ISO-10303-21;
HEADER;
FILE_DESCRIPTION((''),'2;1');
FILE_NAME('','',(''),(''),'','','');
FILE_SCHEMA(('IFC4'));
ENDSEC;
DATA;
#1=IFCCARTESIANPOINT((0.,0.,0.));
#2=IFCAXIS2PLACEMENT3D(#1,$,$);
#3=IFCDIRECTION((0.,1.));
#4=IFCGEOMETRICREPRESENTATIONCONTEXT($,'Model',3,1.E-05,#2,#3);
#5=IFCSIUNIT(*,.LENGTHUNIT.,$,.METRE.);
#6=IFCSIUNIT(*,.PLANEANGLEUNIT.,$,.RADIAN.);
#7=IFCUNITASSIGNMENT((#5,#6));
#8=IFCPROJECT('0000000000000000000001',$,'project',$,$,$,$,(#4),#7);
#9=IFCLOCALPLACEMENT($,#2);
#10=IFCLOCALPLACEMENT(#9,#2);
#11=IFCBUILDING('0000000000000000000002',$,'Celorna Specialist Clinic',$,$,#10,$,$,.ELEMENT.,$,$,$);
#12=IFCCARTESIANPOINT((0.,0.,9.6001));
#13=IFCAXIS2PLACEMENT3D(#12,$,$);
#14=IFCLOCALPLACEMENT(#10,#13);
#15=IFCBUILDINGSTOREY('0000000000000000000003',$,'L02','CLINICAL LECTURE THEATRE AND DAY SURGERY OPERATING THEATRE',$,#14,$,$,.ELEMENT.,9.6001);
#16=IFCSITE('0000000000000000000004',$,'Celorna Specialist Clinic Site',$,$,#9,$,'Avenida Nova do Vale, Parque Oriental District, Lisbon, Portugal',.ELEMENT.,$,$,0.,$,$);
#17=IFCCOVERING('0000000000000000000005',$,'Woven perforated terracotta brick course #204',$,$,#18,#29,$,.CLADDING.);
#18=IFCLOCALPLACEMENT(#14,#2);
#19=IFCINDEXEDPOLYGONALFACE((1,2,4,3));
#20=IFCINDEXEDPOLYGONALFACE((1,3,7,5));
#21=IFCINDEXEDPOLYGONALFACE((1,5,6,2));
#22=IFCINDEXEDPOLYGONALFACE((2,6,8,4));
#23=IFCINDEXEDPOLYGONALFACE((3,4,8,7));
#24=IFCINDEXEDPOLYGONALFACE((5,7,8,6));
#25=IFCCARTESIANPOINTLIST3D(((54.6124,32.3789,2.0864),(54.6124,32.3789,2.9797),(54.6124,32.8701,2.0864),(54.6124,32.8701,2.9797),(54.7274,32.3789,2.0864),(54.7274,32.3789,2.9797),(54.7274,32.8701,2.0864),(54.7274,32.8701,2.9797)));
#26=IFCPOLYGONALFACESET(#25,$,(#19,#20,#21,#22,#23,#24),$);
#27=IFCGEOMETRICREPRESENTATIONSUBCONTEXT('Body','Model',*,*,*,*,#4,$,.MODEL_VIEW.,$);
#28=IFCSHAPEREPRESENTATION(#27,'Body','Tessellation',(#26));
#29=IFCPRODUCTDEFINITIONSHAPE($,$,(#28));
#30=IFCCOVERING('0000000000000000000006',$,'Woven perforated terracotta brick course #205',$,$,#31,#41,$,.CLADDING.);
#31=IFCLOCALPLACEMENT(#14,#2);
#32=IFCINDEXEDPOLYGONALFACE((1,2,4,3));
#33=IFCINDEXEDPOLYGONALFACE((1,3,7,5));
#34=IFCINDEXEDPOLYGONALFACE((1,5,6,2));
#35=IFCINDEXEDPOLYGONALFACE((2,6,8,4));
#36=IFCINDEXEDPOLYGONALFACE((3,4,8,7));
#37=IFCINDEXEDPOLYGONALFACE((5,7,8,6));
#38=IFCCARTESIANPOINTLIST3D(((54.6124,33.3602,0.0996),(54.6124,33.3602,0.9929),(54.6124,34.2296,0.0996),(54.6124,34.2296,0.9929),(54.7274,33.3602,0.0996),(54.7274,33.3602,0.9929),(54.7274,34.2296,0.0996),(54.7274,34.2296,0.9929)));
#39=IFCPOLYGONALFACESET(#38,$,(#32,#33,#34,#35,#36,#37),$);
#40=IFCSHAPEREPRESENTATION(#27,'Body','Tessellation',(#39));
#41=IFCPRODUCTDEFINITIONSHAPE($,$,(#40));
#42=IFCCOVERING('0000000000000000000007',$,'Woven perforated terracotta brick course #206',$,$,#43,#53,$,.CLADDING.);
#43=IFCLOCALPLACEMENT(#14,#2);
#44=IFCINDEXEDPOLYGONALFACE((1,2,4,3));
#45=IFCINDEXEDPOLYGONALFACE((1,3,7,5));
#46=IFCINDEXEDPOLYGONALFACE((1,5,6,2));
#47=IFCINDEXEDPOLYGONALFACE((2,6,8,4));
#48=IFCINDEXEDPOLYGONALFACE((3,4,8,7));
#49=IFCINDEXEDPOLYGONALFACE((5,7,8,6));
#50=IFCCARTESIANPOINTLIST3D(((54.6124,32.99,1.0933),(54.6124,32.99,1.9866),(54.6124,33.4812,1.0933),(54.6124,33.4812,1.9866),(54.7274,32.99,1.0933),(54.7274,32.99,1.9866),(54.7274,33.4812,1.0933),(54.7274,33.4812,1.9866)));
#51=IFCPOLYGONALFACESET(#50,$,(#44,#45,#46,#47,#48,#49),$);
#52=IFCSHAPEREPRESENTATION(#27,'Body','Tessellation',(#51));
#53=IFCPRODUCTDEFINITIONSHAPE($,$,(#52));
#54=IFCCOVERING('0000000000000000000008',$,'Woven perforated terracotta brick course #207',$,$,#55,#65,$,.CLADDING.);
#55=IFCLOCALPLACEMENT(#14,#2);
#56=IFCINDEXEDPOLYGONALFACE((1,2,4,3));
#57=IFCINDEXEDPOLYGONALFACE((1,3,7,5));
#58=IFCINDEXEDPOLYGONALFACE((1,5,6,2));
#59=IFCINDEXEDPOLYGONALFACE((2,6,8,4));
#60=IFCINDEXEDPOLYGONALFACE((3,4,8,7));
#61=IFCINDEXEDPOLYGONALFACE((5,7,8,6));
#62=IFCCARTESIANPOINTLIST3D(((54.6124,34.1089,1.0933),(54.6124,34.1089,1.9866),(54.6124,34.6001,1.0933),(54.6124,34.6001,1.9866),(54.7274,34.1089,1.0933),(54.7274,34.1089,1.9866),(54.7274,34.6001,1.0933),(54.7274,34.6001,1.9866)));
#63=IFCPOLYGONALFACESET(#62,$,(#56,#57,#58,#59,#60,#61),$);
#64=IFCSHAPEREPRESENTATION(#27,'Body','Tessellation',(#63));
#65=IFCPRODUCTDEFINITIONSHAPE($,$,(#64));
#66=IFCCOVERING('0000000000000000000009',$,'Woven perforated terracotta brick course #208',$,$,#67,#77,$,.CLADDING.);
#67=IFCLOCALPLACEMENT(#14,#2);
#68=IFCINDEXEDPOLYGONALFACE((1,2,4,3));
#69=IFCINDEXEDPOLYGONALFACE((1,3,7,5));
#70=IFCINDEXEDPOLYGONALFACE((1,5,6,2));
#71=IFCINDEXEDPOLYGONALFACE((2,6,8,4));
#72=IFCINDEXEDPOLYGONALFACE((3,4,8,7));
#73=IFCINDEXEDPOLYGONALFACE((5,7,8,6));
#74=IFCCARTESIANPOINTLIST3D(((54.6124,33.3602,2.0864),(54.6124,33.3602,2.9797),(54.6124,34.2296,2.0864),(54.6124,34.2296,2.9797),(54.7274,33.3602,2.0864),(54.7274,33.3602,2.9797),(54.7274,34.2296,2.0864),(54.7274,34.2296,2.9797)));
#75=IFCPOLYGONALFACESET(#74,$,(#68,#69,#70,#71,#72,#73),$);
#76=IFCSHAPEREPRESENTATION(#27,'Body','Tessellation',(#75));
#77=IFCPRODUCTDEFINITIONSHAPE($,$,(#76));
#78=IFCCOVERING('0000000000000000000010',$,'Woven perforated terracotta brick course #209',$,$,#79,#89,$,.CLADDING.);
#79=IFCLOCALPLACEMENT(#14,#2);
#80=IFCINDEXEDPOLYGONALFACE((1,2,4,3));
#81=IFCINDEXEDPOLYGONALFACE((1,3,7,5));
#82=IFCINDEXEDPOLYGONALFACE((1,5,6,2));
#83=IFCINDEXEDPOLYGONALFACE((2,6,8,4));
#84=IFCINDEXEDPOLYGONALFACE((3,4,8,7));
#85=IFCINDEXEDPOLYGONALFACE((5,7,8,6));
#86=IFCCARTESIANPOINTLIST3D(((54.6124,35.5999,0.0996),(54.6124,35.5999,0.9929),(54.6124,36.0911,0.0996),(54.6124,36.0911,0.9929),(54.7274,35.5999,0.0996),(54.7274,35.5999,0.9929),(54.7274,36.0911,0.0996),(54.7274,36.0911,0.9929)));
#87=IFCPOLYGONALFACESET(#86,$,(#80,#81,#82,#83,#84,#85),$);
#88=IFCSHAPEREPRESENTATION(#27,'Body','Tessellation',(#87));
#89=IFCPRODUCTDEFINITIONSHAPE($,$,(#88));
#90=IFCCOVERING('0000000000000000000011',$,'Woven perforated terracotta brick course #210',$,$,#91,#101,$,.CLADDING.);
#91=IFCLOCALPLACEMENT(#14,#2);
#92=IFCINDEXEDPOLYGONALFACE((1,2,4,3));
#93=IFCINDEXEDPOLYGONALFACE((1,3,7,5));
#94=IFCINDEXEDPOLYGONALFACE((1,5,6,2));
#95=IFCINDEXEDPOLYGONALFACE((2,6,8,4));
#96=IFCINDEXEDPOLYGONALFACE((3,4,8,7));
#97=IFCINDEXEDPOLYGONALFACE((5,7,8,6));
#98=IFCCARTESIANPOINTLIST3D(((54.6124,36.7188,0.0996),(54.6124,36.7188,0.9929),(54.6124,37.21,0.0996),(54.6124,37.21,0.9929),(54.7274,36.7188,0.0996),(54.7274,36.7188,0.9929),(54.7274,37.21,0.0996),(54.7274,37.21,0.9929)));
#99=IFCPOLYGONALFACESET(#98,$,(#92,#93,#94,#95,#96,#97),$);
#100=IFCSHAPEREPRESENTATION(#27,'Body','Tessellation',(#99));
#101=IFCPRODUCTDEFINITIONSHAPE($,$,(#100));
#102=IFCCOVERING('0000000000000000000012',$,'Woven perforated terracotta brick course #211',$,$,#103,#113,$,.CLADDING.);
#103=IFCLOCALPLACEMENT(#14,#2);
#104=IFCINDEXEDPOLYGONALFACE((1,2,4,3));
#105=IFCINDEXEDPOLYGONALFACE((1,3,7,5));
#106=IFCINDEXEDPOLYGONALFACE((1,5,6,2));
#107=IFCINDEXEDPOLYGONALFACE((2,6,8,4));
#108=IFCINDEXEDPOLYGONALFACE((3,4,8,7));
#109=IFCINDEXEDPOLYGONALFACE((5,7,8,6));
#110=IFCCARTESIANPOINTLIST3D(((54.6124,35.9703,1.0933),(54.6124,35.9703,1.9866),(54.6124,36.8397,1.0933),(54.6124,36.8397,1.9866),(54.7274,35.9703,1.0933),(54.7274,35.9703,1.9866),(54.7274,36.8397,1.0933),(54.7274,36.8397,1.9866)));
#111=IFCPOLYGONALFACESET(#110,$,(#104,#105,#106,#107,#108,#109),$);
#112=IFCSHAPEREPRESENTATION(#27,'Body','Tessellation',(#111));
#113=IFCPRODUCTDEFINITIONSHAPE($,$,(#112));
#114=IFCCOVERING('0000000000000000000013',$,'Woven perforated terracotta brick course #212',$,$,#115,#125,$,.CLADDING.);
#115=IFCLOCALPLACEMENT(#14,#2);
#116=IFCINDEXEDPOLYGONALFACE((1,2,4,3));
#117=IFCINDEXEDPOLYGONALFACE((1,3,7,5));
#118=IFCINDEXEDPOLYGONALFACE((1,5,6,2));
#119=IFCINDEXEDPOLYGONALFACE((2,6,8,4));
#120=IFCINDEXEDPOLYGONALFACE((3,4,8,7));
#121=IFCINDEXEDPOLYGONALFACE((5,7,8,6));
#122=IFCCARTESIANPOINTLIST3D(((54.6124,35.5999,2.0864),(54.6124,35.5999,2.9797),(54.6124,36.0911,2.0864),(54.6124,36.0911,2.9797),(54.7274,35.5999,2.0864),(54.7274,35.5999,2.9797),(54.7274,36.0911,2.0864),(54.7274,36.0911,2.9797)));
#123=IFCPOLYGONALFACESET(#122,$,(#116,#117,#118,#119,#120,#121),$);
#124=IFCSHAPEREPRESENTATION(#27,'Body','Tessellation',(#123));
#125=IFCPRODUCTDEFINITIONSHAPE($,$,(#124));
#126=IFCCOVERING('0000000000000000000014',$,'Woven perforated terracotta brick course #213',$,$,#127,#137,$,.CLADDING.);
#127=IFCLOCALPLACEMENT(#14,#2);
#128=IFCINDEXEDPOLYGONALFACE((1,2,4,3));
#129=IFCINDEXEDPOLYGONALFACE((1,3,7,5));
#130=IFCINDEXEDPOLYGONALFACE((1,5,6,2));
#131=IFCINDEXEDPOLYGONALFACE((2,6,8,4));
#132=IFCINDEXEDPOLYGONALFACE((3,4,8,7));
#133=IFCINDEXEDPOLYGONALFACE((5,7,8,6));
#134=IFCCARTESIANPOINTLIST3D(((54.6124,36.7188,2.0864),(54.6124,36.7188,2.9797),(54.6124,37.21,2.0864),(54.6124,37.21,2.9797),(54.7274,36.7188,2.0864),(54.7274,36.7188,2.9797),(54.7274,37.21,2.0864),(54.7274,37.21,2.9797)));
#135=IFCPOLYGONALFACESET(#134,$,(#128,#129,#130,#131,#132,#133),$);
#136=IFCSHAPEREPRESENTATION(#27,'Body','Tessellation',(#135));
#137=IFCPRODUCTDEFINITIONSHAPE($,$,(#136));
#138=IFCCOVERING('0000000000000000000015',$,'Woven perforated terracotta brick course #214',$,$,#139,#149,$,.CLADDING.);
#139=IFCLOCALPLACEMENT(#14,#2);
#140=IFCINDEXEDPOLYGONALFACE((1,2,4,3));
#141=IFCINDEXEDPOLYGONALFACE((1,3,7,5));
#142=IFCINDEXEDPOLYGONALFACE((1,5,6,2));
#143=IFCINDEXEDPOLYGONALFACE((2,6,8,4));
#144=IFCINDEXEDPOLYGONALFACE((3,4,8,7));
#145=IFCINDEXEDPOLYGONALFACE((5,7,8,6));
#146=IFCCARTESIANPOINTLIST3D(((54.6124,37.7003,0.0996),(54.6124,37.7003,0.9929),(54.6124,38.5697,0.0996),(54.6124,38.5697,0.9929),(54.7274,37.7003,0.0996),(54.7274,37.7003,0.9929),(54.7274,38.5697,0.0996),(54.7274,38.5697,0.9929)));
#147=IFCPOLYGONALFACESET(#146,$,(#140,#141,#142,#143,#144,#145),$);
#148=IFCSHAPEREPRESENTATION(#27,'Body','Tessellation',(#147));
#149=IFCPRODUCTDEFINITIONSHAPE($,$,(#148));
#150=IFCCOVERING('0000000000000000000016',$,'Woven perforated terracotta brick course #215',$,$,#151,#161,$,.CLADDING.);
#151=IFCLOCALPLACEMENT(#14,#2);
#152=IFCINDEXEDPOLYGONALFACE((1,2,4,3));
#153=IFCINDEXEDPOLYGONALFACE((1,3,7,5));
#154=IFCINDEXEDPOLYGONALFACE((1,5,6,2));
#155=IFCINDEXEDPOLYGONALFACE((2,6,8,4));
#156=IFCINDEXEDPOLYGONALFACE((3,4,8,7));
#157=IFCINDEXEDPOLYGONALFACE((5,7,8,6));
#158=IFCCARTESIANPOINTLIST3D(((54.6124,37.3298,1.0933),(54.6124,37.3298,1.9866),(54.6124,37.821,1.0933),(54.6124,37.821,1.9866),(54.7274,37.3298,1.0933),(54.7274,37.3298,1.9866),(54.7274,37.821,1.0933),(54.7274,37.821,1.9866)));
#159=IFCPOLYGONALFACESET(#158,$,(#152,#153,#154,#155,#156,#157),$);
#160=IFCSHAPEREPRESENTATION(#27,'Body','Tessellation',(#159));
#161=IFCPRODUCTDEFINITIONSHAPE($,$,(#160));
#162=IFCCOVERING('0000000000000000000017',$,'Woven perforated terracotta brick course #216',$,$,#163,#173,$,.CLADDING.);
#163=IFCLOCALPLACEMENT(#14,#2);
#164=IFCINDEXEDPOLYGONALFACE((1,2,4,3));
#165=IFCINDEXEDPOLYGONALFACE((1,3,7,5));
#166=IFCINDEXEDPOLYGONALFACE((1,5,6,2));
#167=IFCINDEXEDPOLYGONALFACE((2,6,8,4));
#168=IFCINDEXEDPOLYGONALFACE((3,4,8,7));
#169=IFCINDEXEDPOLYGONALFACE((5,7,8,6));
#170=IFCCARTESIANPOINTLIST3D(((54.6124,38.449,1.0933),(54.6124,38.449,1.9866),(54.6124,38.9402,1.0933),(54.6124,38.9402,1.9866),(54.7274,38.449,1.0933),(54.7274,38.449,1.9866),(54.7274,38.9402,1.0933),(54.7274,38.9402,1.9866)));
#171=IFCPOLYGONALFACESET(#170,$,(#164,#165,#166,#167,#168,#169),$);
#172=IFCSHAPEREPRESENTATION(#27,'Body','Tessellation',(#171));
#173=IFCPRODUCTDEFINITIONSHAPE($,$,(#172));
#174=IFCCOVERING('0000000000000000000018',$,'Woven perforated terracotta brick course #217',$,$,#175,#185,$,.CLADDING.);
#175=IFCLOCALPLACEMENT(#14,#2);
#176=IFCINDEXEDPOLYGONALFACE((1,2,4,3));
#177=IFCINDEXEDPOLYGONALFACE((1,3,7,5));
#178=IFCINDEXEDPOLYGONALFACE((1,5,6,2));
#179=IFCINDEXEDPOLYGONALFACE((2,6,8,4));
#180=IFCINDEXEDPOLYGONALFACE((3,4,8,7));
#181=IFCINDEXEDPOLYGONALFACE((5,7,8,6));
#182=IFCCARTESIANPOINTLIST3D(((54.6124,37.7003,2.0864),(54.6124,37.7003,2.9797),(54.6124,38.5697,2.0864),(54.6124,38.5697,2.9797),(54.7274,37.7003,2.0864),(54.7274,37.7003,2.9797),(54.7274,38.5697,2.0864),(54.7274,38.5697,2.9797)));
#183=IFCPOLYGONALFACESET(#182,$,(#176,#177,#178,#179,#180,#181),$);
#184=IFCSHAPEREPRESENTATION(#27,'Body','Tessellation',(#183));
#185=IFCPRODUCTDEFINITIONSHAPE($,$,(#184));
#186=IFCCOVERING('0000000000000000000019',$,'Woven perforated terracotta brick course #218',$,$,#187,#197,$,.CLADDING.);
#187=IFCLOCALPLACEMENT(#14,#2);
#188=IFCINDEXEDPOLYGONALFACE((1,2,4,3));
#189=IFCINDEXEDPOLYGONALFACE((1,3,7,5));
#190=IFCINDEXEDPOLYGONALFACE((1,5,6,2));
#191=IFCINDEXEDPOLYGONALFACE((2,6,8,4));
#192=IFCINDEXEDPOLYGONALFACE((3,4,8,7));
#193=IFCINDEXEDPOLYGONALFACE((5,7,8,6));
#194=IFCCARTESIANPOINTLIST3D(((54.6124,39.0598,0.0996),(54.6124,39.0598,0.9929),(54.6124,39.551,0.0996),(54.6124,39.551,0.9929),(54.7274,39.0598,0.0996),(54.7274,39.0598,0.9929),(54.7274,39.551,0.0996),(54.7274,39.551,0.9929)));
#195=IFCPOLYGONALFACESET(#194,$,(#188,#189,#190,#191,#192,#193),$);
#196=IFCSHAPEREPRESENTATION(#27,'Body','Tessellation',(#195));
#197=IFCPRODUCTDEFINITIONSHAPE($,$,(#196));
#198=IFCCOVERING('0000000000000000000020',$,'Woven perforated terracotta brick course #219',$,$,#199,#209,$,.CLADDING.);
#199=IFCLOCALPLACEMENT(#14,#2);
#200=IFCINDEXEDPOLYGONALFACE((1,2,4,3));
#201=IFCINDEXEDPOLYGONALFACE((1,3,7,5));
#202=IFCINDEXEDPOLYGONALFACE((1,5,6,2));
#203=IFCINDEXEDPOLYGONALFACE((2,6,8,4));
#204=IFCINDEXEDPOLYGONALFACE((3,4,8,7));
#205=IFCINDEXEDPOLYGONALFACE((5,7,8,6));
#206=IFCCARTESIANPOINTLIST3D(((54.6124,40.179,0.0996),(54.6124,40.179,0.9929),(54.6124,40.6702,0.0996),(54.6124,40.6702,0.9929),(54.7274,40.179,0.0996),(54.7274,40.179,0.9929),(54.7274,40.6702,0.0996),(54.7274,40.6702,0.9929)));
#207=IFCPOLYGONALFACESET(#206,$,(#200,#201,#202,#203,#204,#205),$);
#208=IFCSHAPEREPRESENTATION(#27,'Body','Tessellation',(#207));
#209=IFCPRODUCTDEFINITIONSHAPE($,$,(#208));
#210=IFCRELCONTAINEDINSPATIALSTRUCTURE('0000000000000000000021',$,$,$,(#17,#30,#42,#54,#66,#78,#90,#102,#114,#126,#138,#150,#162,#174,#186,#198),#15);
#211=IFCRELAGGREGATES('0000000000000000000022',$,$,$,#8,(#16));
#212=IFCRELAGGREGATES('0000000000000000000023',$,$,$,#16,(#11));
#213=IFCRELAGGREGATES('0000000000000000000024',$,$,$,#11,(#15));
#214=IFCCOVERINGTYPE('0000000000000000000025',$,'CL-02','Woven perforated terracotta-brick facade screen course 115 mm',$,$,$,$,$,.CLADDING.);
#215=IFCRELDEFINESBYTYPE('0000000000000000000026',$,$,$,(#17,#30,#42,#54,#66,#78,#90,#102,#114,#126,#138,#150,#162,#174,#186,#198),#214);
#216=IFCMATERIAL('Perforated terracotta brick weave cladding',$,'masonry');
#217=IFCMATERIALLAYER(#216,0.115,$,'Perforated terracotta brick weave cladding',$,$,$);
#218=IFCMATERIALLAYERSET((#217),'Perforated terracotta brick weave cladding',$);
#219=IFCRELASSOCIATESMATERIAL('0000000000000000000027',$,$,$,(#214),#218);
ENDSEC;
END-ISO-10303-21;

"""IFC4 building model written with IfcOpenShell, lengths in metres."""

from ifc_helpers import new_model, si_unit, direction, frame, origin, origin_2d, place, context, subcontext, project, spatial, rectangle, extrude, material, layer, layer_set, type_object, element, save


model = new_model("IFC4")

# Units and contexts
model_context = context("Model", 3, precision=1e-05, world=origin(), true_north=direction((0.0, 1.0)))
body_context = subcontext(model_context, "Body", "Model", "MODEL_VIEW")
ifc_project = project(units=[si_unit("LENGTHUNIT", "METRE"), si_unit("PLANEANGLEUNIT", "RADIAN")], contexts=[model_context])

# Site, building, storey
site_placement = place(None, origin())
site = spatial("IfcSite", under=ifc_project, at=site_placement, Name="Celorna Specialist Clinic Site", LongName="Avenida Nova do Vale, Parque Oriental District, Lisbon, Portugal", CompositionType="ELEMENT", RefElevation=0.0)
building_placement = place(site_placement, origin())
building = spatial("IfcBuilding", under=site, at=building_placement, Name="Celorna Specialist Clinic", CompositionType="ELEMENT")
storey_placement = place(building_placement, frame((0.0, 0.0, 9.6001)))
storey = spatial("IfcBuildingStorey", under=building, at=storey_placement, Name="L02", Description="CLINICAL LECTURE THEATRE AND DAY SURGERY OPERATING THEATRE", CompositionType="ELEMENT", Elevation=9.6001)

# Coverings
ifc_material_1 = material(Name="Perforated terracotta brick weave cladding", Category="masonry")
ifc_layer_1 = layer(ifc_material_1, 0.115, Name="Perforated terracotta brick weave cladding")
ifc_layer_set_1 = layer_set([ifc_layer_1], Name="Perforated terracotta brick weave cladding")
covering_type = type_object("IfcCoveringType", Name="CL-02", Description="Woven perforated terracotta-brick facade screen course 115 mm", PredefinedType="CLADDING", material=ifc_layer_set_1)
for number, where, z_axis, x_axis, name in (
    (1, (54.6699, 32.6245, 2.0864), (0.0, 0.0, 1.0), (0.0, 1.0, 0.0), "Woven perforated terracotta brick course #204"),
):
    element("IfcCovering", number, at=place(storey_placement, frame(where, z_axis=z_axis, x_axis=x_axis)), inside=storey, type_object=covering_type, Name=name, PredefinedType="CLADDING", context=body_context, shape_type="SweptSolid", body=[
        extrude(rectangle(XDim=0.4912, YDim=0.115, at=origin_2d()), origin(), (0.0, 0.0, 1.0), 0.8933),
    ])
covering_1_placement = place(storey_placement, frame((54.6699, 33.7949, 0.0996), z_axis=(0.0, 0.0, 1.0), x_axis=(0.0, 1.0, 0.0)))
element("IfcCovering", 2, at=covering_1_placement, inside=storey, type_object=covering_type, Name="Woven perforated terracotta brick course #205", PredefinedType="CLADDING", context=body_context, shape_type="SweptSolid", body=[
    extrude(rectangle(XDim=0.8694, YDim=0.115, at=origin_2d()), origin(), (0.0, 0.0, 1.0), 0.8933),
])
for number, where, z_axis, x_axis, name in (
    (3, (54.6699, 33.2356, 1.0933), (0.0, 0.0, 1.0), (0.0, 1.0, 0.0), "Woven perforated terracotta brick course #206"),
    (4, (54.6699, 34.3545, 1.0933), (0.0, 0.0, 1.0), (0.0, 1.0, 0.0), "Woven perforated terracotta brick course #207"),
):
    element("IfcCovering", number, at=place(storey_placement, frame(where, z_axis=z_axis, x_axis=x_axis)), inside=storey, type_object=covering_type, Name=name, PredefinedType="CLADDING", context=body_context, shape_type="SweptSolid", body=[
        extrude(rectangle(XDim=0.4912, YDim=0.115, at=origin_2d()), origin(), (0.0, 0.0, 1.0), 0.8933),
    ])
covering_2_placement = place(storey_placement, frame((54.6699, 33.7949, 2.0864), z_axis=(0.0, 0.0, 1.0), x_axis=(0.0, 1.0, 0.0)))
element("IfcCovering", 5, at=covering_2_placement, inside=storey, type_object=covering_type, Name="Woven perforated terracotta brick course #208", PredefinedType="CLADDING", context=body_context, shape_type="SweptSolid", body=[
    extrude(rectangle(XDim=0.8694, YDim=0.115, at=origin_2d()), origin(), (0.0, 0.0, 1.0), 0.8933),
])
for number, where, z_axis, x_axis, name in (
    (6, (54.6699, 35.8455, 0.0996), (0.0, 0.0, 1.0), (0.0, 1.0, 0.0), "Woven perforated terracotta brick course #209"),
    (7, (54.6699, 36.9644, 0.0996), (0.0, 0.0, 1.0), (0.0, 1.0, 0.0), "Woven perforated terracotta brick course #210"),
):
    element("IfcCovering", number, at=place(storey_placement, frame(where, z_axis=z_axis, x_axis=x_axis)), inside=storey, type_object=covering_type, Name=name, PredefinedType="CLADDING", context=body_context, shape_type="SweptSolid", body=[
        extrude(rectangle(XDim=0.4912, YDim=0.115, at=origin_2d()), origin(), (0.0, 0.0, 1.0), 0.8933),
    ])
covering_3_placement = place(storey_placement, frame((54.6699, 36.405, 1.0933), z_axis=(0.0, 0.0, 1.0), x_axis=(0.0, 1.0, 0.0)))
element("IfcCovering", 8, at=covering_3_placement, inside=storey, type_object=covering_type, Name="Woven perforated terracotta brick course #211", PredefinedType="CLADDING", context=body_context, shape_type="SweptSolid", body=[
    extrude(rectangle(XDim=0.8694, YDim=0.115, at=origin_2d()), origin(), (0.0, 0.0, 1.0), 0.8933),
])
for number, where, z_axis, x_axis, name in (
    (9, (54.6699, 35.8455, 2.0864), (0.0, 0.0, 1.0), (0.0, 1.0, 0.0), "Woven perforated terracotta brick course #212"),
    (10, (54.6699, 36.9644, 2.0864), (0.0, 0.0, 1.0), (0.0, 1.0, 0.0), "Woven perforated terracotta brick course #213"),
):
    element("IfcCovering", number, at=place(storey_placement, frame(where, z_axis=z_axis, x_axis=x_axis)), inside=storey, type_object=covering_type, Name=name, PredefinedType="CLADDING", context=body_context, shape_type="SweptSolid", body=[
        extrude(rectangle(XDim=0.4912, YDim=0.115, at=origin_2d()), origin(), (0.0, 0.0, 1.0), 0.8933),
    ])
covering_4_placement = place(storey_placement, frame((54.6699, 38.135, 0.0996), z_axis=(0.0, 0.0, 1.0), x_axis=(0.0, 1.0, 0.0)))
element("IfcCovering", 11, at=covering_4_placement, inside=storey, type_object=covering_type, Name="Woven perforated terracotta brick course #214", PredefinedType="CLADDING", context=body_context, shape_type="SweptSolid", body=[
    extrude(rectangle(XDim=0.8694, YDim=0.115, at=origin_2d()), origin(), (0.0, 0.0, 1.0), 0.8933),
])
for number, where, z_axis, x_axis, name in (
    (12, (54.6699, 37.5754, 1.0933), (0.0, 0.0, 1.0), (0.0, 1.0, 0.0), "Woven perforated terracotta brick course #215"),
    (13, (54.6699, 38.6946, 1.0933), (0.0, 0.0, 1.0), (0.0, 1.0, 0.0), "Woven perforated terracotta brick course #216"),
):
    element("IfcCovering", number, at=place(storey_placement, frame(where, z_axis=z_axis, x_axis=x_axis)), inside=storey, type_object=covering_type, Name=name, PredefinedType="CLADDING", context=body_context, shape_type="SweptSolid", body=[
        extrude(rectangle(XDim=0.4912, YDim=0.115, at=origin_2d()), origin(), (0.0, 0.0, 1.0), 0.8933),
    ])
covering_5_placement = place(storey_placement, frame((54.6699, 38.135, 2.0864), z_axis=(0.0, 0.0, 1.0), x_axis=(0.0, 1.0, 0.0)))
element("IfcCovering", 14, at=covering_5_placement, inside=storey, type_object=covering_type, Name="Woven perforated terracotta brick course #217", PredefinedType="CLADDING", context=body_context, shape_type="SweptSolid", body=[
    extrude(rectangle(XDim=0.8694, YDim=0.115, at=origin_2d()), origin(), (0.0, 0.0, 1.0), 0.8933),
])
for number, where, z_axis, x_axis, name in (
    (15, (54.6699, 39.3054, 0.0996), (0.0, 0.0, 1.0), (0.0, 1.0, 0.0), "Woven perforated terracotta brick course #218"),
    (16, (54.6699, 40.4246, 0.0996), (0.0, 0.0, 1.0), (0.0, 1.0, 0.0), "Woven perforated terracotta brick course #219"),
):
    element("IfcCovering", number, at=place(storey_placement, frame(where, z_axis=z_axis, x_axis=x_axis)), inside=storey, type_object=covering_type, Name=name, PredefinedType="CLADDING", context=body_context, shape_type="SweptSolid", body=[
        extrude(rectangle(XDim=0.4912, YDim=0.115, at=origin_2d()), origin(), (0.0, 0.0, 1.0), 0.8933),
    ])

save(model, "model.ifc")
